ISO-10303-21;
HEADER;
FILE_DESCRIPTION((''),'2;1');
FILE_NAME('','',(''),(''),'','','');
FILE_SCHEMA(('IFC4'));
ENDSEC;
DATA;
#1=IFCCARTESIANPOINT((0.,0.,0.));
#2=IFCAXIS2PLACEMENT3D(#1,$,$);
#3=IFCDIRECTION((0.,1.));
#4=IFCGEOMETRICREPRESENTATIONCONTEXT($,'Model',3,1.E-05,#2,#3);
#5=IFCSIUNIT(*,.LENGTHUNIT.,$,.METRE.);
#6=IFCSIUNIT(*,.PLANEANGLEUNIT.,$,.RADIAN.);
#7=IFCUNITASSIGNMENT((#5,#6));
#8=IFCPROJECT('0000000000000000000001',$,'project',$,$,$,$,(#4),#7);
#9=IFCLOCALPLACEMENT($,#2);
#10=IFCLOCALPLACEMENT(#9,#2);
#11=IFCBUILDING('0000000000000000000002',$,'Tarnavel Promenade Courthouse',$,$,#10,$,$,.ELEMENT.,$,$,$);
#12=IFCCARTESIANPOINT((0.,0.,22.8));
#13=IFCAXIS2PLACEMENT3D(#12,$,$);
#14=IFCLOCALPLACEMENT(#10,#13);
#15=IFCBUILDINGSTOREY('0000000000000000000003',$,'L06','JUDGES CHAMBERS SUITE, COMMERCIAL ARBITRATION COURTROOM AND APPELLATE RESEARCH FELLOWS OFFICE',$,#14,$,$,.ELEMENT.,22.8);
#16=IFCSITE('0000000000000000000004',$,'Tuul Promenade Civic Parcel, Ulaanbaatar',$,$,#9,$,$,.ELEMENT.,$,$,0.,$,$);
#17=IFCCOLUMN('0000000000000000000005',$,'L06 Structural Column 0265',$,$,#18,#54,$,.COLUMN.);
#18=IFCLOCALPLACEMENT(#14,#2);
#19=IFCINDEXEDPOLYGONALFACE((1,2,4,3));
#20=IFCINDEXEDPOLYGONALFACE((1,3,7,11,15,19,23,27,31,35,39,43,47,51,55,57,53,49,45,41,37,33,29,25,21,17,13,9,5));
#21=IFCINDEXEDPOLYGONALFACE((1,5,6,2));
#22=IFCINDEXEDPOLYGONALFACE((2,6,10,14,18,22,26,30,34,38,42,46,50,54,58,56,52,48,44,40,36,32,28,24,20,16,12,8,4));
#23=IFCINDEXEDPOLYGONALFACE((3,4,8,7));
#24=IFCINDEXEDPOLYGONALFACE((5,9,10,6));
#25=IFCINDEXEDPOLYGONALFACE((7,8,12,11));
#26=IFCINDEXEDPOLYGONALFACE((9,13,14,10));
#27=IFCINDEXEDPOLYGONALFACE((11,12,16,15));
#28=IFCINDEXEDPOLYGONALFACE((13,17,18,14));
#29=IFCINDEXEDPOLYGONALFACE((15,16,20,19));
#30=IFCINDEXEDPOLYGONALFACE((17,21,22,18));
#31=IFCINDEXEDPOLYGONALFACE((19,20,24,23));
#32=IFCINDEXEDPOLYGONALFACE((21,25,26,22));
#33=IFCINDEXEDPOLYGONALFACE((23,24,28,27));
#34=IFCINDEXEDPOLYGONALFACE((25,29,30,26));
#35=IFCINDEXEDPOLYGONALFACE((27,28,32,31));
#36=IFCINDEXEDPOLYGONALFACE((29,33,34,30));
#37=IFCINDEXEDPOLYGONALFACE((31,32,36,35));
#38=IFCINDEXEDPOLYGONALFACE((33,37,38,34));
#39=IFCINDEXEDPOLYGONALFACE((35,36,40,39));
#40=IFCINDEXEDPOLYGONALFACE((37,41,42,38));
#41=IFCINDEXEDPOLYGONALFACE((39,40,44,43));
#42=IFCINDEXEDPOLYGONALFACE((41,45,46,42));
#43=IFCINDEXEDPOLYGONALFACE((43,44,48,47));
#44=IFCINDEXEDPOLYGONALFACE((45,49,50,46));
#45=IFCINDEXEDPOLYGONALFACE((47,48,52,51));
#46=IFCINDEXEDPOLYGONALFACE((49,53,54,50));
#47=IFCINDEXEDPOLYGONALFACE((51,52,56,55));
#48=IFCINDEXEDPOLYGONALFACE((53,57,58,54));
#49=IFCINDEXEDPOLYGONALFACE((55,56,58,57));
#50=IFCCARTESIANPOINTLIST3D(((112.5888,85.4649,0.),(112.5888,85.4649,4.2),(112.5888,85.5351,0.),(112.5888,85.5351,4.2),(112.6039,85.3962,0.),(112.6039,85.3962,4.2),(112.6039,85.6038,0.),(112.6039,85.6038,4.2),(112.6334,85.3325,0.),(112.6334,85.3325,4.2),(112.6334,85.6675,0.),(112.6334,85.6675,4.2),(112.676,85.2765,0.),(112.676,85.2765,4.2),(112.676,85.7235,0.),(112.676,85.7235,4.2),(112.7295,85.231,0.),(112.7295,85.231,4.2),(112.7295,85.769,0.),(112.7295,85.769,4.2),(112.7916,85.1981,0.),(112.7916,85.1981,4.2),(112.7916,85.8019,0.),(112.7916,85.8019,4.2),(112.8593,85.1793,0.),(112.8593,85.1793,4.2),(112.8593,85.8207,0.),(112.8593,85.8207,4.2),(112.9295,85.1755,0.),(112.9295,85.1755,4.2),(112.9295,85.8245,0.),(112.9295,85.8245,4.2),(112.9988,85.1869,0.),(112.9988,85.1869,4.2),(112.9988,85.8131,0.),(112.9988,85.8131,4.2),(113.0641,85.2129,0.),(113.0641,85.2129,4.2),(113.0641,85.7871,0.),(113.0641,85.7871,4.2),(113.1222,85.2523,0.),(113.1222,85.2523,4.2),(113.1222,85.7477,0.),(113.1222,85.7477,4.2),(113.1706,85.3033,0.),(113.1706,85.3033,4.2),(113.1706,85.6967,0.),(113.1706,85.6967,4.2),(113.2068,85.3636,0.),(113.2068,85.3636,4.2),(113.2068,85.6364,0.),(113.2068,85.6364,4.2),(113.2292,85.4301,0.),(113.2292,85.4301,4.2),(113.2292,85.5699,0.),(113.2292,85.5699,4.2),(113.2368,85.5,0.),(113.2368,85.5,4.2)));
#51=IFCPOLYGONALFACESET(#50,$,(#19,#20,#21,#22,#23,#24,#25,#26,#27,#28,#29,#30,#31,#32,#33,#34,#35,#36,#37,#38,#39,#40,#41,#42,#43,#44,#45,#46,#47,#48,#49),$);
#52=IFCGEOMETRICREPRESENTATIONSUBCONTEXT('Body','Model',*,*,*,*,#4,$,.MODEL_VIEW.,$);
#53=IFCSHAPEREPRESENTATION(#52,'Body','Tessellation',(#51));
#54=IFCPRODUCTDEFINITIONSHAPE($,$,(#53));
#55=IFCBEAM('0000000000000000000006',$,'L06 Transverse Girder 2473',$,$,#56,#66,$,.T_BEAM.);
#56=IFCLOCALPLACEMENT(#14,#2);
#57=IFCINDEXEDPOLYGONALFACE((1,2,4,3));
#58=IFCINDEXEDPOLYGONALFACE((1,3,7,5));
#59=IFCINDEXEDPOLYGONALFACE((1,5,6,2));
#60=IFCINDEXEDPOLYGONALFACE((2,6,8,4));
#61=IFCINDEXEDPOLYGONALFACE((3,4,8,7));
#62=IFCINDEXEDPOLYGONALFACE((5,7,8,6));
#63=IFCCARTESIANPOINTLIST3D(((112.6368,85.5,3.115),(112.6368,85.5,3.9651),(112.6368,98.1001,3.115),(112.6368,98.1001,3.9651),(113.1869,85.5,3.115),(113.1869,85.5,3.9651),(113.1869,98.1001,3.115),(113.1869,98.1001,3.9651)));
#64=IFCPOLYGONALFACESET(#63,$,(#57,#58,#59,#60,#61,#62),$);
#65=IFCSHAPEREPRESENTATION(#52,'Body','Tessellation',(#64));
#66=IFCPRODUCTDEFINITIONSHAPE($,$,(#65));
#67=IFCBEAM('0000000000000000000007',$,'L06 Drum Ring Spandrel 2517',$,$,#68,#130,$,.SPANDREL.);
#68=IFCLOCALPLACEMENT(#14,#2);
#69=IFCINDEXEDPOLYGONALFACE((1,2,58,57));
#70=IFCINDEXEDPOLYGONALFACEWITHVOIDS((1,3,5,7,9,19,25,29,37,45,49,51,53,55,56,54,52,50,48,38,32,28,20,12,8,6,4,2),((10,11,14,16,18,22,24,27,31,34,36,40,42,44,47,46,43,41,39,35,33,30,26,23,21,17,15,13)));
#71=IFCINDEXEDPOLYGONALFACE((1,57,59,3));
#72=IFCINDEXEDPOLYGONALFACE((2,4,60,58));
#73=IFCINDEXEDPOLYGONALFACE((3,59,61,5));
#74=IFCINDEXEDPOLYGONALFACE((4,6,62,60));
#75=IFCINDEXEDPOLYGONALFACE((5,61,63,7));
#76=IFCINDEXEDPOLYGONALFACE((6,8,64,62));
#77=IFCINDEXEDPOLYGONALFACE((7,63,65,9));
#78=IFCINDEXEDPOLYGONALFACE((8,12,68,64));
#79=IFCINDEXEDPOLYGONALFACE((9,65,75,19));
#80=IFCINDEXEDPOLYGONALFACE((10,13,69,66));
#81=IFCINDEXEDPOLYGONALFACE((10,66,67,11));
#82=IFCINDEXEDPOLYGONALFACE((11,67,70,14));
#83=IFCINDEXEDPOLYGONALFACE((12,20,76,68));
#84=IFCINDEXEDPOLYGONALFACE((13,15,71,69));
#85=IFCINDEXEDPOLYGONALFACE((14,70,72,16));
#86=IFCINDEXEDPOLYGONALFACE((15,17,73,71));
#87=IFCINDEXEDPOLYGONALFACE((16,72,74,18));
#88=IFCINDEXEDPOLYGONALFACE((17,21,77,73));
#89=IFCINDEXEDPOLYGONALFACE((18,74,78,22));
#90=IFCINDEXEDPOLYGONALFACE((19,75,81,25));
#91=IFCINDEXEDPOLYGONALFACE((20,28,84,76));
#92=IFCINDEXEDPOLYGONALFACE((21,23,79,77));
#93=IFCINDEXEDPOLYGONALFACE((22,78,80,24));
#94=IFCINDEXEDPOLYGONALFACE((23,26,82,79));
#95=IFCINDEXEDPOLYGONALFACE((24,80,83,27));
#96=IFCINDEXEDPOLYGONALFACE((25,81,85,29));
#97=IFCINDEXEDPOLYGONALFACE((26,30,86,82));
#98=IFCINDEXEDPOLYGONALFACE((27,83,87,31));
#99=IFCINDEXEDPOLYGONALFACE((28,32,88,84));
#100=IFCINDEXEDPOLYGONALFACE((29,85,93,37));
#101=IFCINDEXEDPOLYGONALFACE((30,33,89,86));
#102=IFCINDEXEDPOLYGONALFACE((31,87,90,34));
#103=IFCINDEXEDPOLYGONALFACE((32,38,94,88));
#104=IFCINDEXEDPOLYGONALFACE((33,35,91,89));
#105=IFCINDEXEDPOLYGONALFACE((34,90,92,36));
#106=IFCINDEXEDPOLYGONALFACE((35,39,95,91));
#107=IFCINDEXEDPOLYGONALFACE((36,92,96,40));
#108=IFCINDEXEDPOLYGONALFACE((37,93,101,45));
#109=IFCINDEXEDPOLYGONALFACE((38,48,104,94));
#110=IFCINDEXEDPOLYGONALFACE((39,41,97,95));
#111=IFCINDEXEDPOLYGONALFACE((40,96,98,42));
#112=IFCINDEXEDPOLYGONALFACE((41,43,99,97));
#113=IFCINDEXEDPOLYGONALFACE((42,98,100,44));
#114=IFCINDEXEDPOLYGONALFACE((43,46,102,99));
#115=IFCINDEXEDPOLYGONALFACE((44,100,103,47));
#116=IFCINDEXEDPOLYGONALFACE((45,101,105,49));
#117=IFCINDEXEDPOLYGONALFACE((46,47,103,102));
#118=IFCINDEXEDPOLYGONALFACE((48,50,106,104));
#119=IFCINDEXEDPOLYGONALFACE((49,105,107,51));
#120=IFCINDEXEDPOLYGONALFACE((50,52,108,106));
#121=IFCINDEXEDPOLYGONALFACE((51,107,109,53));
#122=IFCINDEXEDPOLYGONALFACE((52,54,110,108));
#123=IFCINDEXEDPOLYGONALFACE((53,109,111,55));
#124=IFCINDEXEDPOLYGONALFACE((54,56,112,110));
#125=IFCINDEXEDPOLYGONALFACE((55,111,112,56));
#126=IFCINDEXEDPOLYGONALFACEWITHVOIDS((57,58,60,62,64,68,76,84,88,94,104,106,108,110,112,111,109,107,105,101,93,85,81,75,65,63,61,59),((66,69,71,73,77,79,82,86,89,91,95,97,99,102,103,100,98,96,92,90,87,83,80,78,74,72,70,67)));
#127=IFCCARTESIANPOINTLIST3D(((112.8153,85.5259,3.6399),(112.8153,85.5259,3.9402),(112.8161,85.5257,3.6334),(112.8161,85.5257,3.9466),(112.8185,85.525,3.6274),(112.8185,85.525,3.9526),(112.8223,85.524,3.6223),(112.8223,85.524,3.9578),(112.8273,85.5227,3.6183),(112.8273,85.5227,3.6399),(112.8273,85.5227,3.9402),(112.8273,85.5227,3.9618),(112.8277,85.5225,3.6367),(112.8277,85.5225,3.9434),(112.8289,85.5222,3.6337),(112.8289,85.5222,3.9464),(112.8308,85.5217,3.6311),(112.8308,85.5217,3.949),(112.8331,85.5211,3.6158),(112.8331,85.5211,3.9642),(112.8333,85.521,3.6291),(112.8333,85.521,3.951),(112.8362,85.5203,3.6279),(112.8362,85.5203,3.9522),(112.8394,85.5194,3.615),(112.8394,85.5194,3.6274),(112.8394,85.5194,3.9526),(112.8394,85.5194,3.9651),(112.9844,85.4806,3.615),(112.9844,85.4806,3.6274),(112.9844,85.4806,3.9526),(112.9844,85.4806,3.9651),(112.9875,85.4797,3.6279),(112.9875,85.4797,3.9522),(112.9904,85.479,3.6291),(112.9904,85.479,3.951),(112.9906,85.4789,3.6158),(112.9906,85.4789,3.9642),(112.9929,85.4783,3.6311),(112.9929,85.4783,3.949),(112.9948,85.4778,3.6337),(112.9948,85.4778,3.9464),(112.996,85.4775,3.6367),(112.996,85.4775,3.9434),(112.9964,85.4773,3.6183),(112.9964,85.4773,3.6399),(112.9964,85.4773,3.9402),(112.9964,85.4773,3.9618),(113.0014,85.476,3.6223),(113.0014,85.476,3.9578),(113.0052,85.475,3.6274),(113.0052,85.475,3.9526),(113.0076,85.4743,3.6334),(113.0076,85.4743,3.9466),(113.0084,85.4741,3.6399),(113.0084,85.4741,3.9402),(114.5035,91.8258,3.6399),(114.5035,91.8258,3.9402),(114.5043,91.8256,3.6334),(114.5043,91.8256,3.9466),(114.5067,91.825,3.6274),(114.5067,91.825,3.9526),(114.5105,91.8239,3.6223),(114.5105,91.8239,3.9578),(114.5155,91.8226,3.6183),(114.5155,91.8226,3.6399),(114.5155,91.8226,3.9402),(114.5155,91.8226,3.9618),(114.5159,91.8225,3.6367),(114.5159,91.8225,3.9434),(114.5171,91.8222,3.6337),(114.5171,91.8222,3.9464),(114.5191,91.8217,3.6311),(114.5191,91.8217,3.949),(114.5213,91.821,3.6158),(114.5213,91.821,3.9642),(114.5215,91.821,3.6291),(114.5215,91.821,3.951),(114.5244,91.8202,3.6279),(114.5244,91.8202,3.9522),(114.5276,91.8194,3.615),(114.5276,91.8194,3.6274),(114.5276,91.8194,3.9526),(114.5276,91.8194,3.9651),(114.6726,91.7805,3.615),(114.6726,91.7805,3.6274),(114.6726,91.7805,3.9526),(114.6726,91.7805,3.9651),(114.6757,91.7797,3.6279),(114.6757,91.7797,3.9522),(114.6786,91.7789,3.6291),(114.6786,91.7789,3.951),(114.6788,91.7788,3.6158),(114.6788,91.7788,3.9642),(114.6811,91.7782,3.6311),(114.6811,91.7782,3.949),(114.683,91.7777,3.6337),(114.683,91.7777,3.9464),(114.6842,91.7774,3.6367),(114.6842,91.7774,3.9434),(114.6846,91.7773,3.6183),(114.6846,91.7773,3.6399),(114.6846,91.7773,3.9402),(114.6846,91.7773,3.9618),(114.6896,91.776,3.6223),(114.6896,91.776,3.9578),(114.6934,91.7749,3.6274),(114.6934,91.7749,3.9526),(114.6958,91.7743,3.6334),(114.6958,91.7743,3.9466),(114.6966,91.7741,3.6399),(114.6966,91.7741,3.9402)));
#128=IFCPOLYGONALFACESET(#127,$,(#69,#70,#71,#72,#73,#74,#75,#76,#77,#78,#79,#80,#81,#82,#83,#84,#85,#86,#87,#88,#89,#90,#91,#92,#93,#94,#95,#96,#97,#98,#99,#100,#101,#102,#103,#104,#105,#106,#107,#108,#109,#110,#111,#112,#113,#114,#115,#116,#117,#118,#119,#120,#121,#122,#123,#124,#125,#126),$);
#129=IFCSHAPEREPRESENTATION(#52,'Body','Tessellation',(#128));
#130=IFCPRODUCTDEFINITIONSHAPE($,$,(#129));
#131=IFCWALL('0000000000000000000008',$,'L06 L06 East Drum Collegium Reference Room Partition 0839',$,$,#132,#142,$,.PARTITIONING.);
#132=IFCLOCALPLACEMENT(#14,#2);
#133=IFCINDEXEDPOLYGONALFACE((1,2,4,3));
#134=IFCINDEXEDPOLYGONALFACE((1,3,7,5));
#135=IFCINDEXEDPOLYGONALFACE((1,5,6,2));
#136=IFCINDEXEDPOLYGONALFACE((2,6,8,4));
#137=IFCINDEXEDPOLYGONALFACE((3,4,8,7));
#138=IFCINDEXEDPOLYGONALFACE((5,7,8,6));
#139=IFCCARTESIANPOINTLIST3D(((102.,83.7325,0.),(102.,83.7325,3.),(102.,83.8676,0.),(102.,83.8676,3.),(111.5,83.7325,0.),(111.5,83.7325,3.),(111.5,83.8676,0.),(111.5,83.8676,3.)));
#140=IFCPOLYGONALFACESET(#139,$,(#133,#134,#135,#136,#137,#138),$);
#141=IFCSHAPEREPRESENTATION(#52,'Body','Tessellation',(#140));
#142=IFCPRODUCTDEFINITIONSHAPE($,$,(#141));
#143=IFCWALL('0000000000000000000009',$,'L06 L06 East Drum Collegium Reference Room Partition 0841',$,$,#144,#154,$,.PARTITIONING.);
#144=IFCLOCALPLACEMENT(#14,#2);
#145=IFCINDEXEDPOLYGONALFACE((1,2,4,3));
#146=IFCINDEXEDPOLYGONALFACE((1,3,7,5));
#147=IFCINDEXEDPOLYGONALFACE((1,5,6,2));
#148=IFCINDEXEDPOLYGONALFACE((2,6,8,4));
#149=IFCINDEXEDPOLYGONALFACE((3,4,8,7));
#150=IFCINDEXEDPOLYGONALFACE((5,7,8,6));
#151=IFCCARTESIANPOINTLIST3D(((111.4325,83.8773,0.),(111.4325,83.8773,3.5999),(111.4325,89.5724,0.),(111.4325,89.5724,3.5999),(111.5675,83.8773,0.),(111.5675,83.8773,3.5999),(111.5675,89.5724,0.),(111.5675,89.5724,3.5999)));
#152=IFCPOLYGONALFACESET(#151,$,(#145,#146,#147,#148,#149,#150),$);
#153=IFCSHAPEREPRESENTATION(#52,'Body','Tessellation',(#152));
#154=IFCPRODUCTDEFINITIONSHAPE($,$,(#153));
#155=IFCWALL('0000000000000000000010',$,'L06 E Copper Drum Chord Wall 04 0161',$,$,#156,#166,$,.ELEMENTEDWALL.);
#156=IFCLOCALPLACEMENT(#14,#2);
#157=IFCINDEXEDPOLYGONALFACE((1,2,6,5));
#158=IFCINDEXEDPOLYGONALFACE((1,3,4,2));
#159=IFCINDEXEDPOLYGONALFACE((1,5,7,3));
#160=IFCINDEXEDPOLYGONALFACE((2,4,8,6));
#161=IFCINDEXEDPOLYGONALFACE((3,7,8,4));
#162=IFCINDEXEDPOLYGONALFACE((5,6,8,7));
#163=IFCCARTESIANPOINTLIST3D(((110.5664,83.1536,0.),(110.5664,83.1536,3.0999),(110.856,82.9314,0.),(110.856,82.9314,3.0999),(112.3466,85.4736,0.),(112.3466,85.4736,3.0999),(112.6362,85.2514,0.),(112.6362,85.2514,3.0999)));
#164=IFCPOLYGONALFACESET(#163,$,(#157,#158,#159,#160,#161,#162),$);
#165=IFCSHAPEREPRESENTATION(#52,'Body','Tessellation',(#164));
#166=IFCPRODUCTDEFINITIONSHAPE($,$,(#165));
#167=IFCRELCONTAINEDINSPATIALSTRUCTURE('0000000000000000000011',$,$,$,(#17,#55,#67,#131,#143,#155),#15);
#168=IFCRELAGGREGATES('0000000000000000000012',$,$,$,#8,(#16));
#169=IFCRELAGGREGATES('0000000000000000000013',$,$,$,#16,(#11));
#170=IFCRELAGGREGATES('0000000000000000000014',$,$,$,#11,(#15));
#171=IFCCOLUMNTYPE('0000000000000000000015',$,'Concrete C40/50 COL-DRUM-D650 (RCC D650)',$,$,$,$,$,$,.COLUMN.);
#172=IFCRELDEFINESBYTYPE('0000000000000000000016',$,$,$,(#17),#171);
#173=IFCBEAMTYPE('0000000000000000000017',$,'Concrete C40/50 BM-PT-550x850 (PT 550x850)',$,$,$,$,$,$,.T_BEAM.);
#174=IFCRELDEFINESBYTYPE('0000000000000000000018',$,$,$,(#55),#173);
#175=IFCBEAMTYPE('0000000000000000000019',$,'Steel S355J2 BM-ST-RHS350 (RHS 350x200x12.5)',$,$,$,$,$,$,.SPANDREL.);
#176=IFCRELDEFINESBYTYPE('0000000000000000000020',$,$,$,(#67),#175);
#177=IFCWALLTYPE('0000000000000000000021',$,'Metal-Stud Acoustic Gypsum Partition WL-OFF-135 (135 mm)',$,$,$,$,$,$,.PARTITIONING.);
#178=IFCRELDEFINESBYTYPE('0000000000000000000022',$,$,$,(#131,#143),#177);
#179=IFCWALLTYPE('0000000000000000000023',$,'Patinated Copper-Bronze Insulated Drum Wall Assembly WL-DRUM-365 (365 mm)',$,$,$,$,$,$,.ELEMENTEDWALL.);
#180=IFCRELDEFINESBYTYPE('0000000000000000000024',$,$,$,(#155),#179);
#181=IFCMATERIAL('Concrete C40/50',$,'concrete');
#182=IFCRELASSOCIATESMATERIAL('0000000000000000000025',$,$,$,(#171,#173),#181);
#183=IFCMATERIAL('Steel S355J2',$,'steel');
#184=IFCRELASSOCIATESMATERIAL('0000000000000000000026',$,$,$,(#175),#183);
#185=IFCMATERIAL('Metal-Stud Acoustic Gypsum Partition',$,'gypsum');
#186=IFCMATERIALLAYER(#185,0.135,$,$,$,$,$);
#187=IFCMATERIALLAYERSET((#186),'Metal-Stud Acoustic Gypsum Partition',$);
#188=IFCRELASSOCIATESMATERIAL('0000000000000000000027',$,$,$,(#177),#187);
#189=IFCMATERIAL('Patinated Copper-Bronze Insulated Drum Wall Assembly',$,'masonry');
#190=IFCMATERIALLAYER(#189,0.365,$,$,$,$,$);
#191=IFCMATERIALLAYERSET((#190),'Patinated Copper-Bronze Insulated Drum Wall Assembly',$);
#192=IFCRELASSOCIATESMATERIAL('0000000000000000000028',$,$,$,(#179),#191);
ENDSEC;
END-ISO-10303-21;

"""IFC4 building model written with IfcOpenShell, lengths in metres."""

from ifc_helpers import new_model, si_unit, direction, frame, frame_2d, origin, origin_2d, place, context, subcontext, project, spatial, rectangle, hollow_rectangle, circle, extrude, material, layer, layer_set, material_profile, profile_set, type_object, element, save


model = new_model("IFC4")

# Units and contexts
model_context = context("Model", 3, precision=1e-05, world=origin(), true_north=direction((0.0, 1.0)))
body_context = subcontext(model_context, "Body", "Model", "MODEL_VIEW")
ifc_project = project(units=[si_unit("LENGTHUNIT", "METRE"), si_unit("PLANEANGLEUNIT", "RADIAN")], contexts=[model_context])

# Site, building, storey
site_placement = place(None, origin())
site = spatial("IfcSite", under=ifc_project, at=site_placement, Name="Tuul Promenade Civic Parcel, Ulaanbaatar", CompositionType="ELEMENT", RefElevation=0.0)
building_placement = place(site_placement, origin())
building = spatial("IfcBuilding", under=site, at=building_placement, Name="Tarnavel Promenade Courthouse", CompositionType="ELEMENT")
storey_placement = place(building_placement, frame((0.0, 0.0, 22.8)))
storey = spatial("IfcBuildingStorey", under=building, at=storey_placement, Name="L06", Description="JUDGES CHAMBERS SUITE, COMMERCIAL ARBITRATION COURTROOM AND APPELLATE RESEARCH FELLOWS OFFICE", CompositionType="ELEMENT", Elevation=22.8)

# Column
ifc_material_1 = material(Name="Concrete C40/50", Category="concrete")
ifc_material_profile_1 = material_profile(ifc_material_1, circle(Radius=0.325, at=origin_2d()), Name="RCC D650")
ifc_profile_set_1 = profile_set([ifc_material_profile_1], Name="Concrete C40/50")
column_type = type_object("IfcColumnType", Name="Concrete C40/50 COL-DRUM-D650 (RCC D650)", PredefinedType="COLUMN", material=ifc_profile_set_1)
column_placement = place(storey_placement, frame((112.9119, 85.5, 0.0), z_axis=(0.0, 0.0, 1.0), x_axis=(1.0, 0.0, 0.0)))
element("IfcColumn", 1, at=column_placement, inside=storey, type_object=column_type, Name="L06 Structural Column 0265", PredefinedType="COLUMN", context=body_context, shape_type="SweptSolid", body=[
    extrude(circle(Radius=0.325, at=origin_2d()), origin(), (0.0, 0.0, 1.0), 4.2),
])

# Beams
ifc_material_profile_2 = material_profile(ifc_material_1, rectangle(XDim=0.55, YDim=0.8501, at=origin_2d()), Name="PT 550x850")
ifc_profile_set_2 = profile_set([ifc_material_profile_2], Name="Concrete C40/50")
beam_type_1 = type_object("IfcBeamType", Name="Concrete C40/50 BM-PT-550x850 (PT 550x850)", PredefinedType="T_BEAM", material=ifc_profile_set_2)
beam_1_placement = place(storey_placement, frame((112.9119, 85.5, 3.54), z_axis=(0.0, 1.0, 0.0), x_axis=(-1.0, 0.0, 0.0)))
element("IfcBeam", 2, at=beam_1_placement, inside=storey, type_object=beam_type_1, Name="L06 Transverse Girder 2473", PredefinedType="T_BEAM", context=body_context, shape_type="SweptSolid", body=[
    extrude(rectangle(XDim=0.55, YDim=0.8501, at=origin_2d()), origin(), (0.0, 0.0, 1.0), 12.6001),
])
ifc_material_2 = material(Name="Steel S355J2", Category="steel")
ifc_material_profile_3 = material_profile(ifc_material_2, hollow_rectangle(XDim=0.2, YDim=0.3501, WallThickness=0.0125, InnerFilletRadius=0.0125, OuterFilletRadius=0.0249, at=origin_2d()), Name="RHS 350x200x12.5")
ifc_profile_set_3 = profile_set([ifc_material_profile_3], Name="Steel S355J2")
beam_type_2 = type_object("IfcBeamType", Name="Steel S355J2 BM-ST-RHS350 (RHS 350x200x12.5)", PredefinedType="SPANDREL", material=ifc_profile_set_3)
beam_2_placement = place(storey_placement, frame((112.9119, 85.5, 3.79), z_axis=(0.258839, 0.96592, 0.0), x_axis=(-0.96592, 0.258839, 0.0)))
element("IfcBeam", 3, at=beam_2_placement, inside=storey, type_object=beam_type_2, Name="L06 Drum Ring Spandrel 2517", PredefinedType="SPANDREL", context=body_context, shape_type="SweptSolid", body=[
    extrude(hollow_rectangle(XDim=0.2, YDim=0.3501, WallThickness=0.0125, InnerFilletRadius=0.0125, OuterFilletRadius=0.0249, at=origin_2d()), origin(), (0.0, 0.0, 1.0), 6.5222),
])

# Walls
ifc_material_3 = material(Name="Metal-Stud Acoustic Gypsum Partition", Category="gypsum")
ifc_layer_1 = layer(ifc_material_3, 0.135)
ifc_layer_set_1 = layer_set([ifc_layer_1], Name="Metal-Stud Acoustic Gypsum Partition")
wall_type_1 = type_object("IfcWallType", Name="Metal-Stud Acoustic Gypsum Partition WL-OFF-135 (135 mm)", PredefinedType="PARTITIONING", material=ifc_layer_set_1)
wall_1_placement = place(storey_placement, frame((111.5, 83.8, 0.0), z_axis=(0.0, 0.0, 1.0), x_axis=(-1.0, 0.0, 0.0)))
element("IfcWall", 4, at=wall_1_placement, inside=storey, type_object=wall_type_1, Name="L06 L06 East Drum Collegium Reference Room Partition 0839", PredefinedType="PARTITIONING", context=body_context, shape_type="SweptSolid", body=[
    extrude(rectangle(XDim=9.5, YDim=0.135, at=frame_2d((4.75, 0.0))), origin(), (0.0, 0.0, 1.0), 3.0),
])
wall_2_placement = place(storey_placement, frame((111.5, 89.5725, 0.0), z_axis=(0.0, 0.0, 1.0), x_axis=(0.0, -1.0, 0.0)))
element("IfcWall", 5, at=wall_2_placement, inside=storey, type_object=wall_type_1, Name="L06 L06 East Drum Collegium Reference Room Partition 0841", PredefinedType="PARTITIONING", context=body_context, shape_type="SweptSolid", body=[
    extrude(rectangle(XDim=5.6951, YDim=0.135, at=frame_2d((2.8477, 0.0))), origin(), (0.0, 0.0, 1.0), 3.5999),
])
ifc_material_4 = material(Name="Patinated Copper-Bronze Insulated Drum Wall Assembly", Category="masonry")
ifc_layer_2 = layer(ifc_material_4, 0.365)
ifc_layer_set_2 = layer_set([ifc_layer_2], Name="Patinated Copper-Bronze Insulated Drum Wall Assembly")
wall_type_2 = type_object("IfcWallType", Name="Patinated Copper-Bronze Insulated Drum Wall Assembly WL-DRUM-365 (365 mm)", PredefinedType="ELEMENTEDWALL", material=ifc_layer_set_2)
wall_3_placement = place(storey_placement, frame((110.7112, 83.0425, 0.0), z_axis=(0.0, 0.0, 1.0), x_axis=(0.608766, 0.79335, 0.0)))
element("IfcWall", 6, at=wall_3_placement, inside=storey, type_object=wall_type_2, Name="L06 E Copper Drum Chord Wall 04 0161", PredefinedType="ELEMENTEDWALL", context=body_context, shape_type="SweptSolid", body=[
    extrude(rectangle(XDim=2.9243, YDim=0.365, at=frame_2d((1.4622, 0.0))), origin(), (0.0, 0.0, 1.0), 3.0999),
])

save(model, "model.ifc")
